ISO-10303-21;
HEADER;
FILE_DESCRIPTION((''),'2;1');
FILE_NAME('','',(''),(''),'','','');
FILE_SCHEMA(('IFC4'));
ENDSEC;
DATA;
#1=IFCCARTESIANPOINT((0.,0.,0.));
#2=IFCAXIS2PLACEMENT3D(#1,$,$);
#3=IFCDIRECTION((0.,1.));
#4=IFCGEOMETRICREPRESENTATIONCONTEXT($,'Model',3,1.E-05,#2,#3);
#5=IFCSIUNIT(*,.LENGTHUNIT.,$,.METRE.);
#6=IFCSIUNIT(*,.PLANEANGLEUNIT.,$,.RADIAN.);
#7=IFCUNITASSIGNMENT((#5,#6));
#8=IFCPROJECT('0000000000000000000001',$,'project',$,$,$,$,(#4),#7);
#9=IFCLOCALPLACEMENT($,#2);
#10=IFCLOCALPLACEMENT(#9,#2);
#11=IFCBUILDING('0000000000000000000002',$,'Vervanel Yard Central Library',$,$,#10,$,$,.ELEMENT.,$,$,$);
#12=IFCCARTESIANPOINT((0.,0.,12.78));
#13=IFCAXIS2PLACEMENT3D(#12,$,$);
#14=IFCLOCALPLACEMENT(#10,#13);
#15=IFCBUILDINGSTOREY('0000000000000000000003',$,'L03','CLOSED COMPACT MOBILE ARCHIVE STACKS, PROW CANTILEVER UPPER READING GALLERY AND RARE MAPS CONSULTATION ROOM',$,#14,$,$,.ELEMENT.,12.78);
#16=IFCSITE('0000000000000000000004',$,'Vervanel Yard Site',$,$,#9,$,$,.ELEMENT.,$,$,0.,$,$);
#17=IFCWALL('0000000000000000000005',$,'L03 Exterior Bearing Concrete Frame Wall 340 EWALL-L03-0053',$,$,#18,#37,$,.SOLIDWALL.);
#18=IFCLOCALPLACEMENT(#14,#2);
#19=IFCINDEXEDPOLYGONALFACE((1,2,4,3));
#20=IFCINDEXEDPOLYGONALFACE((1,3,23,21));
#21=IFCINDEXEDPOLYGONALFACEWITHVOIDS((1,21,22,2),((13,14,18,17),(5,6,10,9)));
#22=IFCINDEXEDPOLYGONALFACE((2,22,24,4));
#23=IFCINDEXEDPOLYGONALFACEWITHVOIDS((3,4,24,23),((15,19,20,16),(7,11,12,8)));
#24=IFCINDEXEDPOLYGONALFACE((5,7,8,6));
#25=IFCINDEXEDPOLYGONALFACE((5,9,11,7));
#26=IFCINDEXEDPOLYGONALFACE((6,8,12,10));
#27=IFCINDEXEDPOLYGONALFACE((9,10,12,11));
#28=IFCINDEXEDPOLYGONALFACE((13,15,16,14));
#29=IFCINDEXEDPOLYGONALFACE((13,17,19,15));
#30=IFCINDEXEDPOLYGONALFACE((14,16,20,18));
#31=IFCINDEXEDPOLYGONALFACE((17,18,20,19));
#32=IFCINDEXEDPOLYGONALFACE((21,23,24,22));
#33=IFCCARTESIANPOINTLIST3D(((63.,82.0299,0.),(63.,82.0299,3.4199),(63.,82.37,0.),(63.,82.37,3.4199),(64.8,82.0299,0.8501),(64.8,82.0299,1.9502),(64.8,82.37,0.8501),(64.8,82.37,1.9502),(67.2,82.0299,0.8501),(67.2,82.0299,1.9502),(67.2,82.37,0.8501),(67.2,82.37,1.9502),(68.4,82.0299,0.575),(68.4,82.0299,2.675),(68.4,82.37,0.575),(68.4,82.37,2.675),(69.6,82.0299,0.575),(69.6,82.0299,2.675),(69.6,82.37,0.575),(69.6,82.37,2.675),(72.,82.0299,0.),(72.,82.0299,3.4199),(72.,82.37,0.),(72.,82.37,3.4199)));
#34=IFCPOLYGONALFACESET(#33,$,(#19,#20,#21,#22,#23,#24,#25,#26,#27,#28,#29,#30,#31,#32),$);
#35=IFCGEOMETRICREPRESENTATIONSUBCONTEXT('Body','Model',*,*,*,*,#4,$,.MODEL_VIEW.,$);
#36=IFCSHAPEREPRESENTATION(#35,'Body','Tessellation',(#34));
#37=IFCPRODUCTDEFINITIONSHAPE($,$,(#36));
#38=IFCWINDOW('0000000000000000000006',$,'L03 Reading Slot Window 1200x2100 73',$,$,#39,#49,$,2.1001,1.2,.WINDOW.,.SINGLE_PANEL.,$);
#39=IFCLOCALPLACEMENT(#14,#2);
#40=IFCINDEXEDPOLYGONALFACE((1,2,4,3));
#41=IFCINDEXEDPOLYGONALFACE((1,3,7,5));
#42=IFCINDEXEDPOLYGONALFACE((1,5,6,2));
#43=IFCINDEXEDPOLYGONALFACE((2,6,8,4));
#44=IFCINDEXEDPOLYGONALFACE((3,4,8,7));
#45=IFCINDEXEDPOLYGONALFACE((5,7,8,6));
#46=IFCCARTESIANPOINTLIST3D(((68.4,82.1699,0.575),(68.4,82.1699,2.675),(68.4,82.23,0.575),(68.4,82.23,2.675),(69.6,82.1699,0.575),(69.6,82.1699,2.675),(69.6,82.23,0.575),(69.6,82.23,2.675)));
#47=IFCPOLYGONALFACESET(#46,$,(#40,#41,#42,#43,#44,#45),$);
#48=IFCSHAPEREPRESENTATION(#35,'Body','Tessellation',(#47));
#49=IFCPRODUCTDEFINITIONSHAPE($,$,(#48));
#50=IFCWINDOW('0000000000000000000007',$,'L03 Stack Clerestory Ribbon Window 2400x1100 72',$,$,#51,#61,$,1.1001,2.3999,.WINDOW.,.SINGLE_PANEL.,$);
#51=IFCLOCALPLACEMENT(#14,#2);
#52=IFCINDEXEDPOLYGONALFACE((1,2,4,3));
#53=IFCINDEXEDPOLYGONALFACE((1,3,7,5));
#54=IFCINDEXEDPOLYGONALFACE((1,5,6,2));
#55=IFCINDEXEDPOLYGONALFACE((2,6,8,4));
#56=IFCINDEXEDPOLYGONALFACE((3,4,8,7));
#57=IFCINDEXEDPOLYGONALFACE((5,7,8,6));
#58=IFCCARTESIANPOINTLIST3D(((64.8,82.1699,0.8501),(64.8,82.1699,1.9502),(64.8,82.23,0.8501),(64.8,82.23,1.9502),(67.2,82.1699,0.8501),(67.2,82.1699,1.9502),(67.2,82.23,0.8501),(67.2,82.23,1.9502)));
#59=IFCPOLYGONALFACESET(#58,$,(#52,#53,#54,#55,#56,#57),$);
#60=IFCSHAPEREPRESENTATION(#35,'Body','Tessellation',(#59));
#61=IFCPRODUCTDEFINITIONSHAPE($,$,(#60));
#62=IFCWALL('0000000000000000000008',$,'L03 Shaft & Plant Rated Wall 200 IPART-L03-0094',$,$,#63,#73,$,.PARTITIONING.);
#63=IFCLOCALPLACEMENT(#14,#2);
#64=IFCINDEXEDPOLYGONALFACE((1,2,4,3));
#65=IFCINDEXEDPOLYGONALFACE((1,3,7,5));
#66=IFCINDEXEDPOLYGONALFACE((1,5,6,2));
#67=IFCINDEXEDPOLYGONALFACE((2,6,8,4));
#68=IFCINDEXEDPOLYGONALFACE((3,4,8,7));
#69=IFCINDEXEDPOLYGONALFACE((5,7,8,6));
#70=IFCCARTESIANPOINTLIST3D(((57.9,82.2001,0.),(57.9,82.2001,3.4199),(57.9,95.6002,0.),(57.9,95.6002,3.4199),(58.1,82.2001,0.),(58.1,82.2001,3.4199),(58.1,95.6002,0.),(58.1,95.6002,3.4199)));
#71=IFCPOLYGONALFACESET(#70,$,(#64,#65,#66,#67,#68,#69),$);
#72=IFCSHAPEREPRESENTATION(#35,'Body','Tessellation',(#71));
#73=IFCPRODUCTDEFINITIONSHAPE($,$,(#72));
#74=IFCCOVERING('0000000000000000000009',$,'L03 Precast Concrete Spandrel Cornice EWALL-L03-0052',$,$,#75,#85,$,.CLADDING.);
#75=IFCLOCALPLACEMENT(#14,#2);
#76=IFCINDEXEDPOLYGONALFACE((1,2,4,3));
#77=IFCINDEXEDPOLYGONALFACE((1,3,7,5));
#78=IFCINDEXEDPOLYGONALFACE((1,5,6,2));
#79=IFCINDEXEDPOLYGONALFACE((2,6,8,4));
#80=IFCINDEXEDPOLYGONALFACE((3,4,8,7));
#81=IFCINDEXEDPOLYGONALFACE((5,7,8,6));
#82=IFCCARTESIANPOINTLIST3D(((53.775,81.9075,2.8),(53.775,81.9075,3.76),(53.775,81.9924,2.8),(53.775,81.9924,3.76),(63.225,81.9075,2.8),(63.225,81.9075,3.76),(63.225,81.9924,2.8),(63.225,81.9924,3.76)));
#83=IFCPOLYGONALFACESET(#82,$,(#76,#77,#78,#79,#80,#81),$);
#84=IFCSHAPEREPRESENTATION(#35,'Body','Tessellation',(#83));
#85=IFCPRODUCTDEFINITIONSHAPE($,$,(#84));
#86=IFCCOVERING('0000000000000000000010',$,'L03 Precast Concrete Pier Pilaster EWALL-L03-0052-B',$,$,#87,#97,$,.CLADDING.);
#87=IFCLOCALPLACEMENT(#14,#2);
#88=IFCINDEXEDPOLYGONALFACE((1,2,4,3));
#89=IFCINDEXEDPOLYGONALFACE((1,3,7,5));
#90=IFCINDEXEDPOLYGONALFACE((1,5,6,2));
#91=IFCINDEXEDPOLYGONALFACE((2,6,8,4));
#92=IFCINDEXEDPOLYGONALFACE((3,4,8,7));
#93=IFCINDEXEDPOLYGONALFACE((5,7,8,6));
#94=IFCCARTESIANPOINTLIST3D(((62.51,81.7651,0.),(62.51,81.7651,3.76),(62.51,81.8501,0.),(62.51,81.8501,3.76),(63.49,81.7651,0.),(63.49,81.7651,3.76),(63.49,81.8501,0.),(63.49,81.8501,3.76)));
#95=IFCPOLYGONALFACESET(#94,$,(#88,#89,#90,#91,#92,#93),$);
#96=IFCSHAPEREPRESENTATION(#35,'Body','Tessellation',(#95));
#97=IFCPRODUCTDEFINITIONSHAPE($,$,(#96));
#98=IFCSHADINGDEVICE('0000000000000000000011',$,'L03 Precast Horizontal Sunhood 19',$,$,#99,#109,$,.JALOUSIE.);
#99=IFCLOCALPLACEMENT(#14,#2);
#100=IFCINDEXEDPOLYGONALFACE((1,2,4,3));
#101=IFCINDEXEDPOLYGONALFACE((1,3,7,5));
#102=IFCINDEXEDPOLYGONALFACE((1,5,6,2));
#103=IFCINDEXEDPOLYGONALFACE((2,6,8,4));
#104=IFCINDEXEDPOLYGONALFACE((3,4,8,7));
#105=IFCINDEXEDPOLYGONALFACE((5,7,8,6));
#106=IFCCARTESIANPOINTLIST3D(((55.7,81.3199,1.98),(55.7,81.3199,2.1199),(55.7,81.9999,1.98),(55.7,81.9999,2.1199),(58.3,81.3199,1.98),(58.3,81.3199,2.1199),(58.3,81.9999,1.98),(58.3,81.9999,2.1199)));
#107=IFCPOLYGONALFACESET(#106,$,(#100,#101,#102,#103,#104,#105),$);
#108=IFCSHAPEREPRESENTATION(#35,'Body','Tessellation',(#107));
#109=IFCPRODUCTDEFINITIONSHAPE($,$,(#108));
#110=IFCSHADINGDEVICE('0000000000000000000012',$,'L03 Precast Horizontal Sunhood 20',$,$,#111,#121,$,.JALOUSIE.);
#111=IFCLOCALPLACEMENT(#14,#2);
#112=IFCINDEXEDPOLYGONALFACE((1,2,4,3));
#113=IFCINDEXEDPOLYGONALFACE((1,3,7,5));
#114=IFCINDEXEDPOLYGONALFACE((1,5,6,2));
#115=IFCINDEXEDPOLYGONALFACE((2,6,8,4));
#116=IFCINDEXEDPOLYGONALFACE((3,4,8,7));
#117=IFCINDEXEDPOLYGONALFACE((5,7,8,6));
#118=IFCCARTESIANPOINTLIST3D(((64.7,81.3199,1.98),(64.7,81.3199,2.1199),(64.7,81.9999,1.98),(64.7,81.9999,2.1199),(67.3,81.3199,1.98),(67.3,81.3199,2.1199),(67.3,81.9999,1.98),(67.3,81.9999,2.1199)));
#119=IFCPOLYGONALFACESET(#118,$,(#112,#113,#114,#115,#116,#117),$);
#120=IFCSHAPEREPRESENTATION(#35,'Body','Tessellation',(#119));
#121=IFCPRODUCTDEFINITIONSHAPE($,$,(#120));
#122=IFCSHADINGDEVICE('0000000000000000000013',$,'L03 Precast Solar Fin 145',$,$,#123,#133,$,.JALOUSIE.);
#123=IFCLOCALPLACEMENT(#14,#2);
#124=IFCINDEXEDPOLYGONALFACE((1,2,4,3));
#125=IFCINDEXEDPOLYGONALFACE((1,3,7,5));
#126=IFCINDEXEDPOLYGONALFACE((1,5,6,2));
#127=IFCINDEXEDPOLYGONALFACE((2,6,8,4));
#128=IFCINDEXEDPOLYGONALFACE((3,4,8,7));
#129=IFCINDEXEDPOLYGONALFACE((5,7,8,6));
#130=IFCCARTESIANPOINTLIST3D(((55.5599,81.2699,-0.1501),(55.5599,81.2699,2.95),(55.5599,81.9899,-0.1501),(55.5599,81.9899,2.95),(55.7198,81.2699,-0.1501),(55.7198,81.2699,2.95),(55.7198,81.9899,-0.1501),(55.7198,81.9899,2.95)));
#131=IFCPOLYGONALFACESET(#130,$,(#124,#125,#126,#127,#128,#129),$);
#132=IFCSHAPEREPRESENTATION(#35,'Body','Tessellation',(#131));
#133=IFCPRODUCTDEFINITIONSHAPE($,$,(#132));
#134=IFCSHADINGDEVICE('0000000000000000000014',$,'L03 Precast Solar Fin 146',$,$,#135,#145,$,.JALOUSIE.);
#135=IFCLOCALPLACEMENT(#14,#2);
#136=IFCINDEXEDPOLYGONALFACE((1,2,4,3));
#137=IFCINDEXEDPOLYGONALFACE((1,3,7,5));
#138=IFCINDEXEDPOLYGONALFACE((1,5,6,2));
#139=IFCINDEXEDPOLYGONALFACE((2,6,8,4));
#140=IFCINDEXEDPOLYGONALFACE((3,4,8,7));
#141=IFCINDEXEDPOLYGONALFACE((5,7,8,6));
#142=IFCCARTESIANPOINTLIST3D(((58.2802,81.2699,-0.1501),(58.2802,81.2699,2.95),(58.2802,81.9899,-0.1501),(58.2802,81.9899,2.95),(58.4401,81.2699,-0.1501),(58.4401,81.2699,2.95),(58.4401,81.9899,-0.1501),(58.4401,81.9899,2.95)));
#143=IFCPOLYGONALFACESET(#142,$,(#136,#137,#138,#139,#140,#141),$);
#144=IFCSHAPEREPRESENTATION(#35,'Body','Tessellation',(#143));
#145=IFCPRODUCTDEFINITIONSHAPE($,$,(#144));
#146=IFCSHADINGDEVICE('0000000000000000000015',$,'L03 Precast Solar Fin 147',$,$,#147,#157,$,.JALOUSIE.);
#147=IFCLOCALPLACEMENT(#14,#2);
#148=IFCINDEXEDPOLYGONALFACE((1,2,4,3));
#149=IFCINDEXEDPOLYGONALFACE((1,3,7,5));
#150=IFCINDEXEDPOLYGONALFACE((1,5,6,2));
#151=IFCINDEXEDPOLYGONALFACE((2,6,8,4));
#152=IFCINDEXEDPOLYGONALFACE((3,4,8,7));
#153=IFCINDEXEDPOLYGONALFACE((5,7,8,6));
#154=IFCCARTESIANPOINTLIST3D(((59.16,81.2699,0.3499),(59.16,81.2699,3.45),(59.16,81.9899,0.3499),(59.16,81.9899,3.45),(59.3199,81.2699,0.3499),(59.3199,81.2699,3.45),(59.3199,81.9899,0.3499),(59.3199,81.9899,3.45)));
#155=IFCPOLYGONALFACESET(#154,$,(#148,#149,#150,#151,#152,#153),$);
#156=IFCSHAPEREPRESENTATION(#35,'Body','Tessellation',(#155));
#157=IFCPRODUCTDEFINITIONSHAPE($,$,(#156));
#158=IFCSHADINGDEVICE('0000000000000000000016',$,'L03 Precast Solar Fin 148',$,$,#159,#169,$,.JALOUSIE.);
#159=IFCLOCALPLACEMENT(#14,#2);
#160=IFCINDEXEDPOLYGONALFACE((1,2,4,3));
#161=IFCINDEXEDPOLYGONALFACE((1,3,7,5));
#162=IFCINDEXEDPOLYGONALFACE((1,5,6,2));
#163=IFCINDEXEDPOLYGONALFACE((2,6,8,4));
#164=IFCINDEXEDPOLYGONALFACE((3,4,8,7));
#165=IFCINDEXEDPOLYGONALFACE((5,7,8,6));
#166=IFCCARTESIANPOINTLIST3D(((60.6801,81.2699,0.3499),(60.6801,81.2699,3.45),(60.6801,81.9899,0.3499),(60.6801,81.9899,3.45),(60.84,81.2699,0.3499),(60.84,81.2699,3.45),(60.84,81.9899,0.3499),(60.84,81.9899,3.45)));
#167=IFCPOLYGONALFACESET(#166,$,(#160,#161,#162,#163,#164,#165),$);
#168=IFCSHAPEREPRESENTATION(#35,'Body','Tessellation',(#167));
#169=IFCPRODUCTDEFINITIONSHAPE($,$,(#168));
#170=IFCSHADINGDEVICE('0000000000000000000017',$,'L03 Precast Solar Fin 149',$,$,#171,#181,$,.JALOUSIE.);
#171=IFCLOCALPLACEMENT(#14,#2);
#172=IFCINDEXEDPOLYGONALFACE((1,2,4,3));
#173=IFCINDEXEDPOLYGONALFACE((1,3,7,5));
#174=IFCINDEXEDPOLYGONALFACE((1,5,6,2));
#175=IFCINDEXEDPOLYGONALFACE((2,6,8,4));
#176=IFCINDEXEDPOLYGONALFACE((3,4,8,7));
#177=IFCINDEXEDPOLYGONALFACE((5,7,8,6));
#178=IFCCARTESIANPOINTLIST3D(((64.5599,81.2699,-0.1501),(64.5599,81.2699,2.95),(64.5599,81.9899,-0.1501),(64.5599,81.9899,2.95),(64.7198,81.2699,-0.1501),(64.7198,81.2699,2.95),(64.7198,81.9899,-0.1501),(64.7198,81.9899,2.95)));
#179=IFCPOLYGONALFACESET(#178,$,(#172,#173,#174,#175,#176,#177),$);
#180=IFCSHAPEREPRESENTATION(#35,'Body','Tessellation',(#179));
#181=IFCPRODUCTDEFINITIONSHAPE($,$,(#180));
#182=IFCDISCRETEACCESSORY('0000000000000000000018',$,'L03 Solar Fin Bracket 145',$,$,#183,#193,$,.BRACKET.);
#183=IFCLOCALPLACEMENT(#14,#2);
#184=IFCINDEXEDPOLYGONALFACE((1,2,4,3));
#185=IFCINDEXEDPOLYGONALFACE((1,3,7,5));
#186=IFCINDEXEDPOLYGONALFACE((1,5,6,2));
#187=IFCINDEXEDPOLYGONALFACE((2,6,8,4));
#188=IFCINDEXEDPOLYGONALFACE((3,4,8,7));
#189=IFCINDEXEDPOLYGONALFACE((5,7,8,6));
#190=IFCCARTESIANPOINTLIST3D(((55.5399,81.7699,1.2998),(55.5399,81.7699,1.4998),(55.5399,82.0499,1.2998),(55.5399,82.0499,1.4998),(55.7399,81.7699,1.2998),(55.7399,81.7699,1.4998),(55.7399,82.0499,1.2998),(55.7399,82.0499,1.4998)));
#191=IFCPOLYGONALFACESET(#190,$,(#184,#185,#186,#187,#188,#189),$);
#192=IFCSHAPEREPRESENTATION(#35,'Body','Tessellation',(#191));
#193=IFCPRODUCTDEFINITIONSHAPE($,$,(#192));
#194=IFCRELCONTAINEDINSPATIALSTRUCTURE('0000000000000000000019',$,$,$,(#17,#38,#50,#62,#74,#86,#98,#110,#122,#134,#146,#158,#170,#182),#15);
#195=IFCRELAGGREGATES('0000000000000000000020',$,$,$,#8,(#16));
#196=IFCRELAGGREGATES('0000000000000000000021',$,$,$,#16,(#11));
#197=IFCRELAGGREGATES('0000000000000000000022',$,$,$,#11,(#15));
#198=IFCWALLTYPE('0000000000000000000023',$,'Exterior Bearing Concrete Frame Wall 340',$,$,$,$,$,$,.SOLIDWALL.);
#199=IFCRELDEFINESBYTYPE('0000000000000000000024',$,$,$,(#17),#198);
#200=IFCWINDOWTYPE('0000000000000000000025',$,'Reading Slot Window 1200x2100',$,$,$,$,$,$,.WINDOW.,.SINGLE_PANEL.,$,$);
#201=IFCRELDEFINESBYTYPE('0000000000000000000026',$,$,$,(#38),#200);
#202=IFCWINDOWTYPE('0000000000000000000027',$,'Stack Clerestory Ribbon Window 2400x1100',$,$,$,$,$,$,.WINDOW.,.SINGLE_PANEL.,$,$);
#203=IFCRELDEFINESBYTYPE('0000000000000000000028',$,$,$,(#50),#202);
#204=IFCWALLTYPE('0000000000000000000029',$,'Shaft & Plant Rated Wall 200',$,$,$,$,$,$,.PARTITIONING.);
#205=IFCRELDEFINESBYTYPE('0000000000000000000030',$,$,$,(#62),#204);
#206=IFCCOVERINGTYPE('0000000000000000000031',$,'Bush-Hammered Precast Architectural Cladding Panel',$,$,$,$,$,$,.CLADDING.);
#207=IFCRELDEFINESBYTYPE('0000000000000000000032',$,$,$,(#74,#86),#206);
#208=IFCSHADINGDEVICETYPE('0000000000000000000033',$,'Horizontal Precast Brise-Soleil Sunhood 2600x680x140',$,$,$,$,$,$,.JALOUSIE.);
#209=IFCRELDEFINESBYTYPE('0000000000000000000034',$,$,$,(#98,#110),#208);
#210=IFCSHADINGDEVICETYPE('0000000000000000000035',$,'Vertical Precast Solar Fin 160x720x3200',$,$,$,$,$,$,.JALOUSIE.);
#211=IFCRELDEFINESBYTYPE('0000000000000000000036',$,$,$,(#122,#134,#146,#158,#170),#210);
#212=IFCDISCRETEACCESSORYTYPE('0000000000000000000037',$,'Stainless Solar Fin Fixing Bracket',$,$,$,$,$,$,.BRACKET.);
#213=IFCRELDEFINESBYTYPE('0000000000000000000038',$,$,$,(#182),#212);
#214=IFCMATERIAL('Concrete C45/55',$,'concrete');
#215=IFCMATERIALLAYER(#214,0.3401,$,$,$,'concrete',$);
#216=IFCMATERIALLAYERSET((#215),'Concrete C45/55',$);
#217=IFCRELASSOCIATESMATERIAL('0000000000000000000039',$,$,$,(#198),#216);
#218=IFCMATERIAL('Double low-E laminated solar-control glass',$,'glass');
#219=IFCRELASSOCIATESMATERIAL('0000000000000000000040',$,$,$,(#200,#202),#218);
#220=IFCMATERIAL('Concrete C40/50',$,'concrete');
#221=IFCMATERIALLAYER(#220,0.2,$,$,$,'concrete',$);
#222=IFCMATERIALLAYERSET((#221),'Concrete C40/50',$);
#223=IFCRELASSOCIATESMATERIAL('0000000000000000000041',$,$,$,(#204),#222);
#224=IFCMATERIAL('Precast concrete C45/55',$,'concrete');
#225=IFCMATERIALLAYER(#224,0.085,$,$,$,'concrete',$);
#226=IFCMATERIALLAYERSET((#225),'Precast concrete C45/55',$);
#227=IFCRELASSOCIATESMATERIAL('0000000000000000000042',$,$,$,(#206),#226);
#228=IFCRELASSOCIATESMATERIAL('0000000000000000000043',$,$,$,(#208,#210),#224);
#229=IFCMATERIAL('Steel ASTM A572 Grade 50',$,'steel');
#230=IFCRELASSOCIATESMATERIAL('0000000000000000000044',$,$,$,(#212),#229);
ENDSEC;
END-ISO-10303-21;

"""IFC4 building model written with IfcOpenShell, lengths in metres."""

from ifc_helpers import new_model, si_unit, direction, frame, frame_2d, origin, origin_2d, place, context, subcontext, project, spatial, rectangle, extrude, material, layer, layer_set, type_object, element, fill, save


model = new_model("IFC4")

# Units and contexts
model_context = context("Model", 3, precision=1e-05, world=origin(), true_north=direction((0.0, 1.0)))
body_context = subcontext(model_context, "Body", "Model", "MODEL_VIEW")
ifc_project = project(units=[si_unit("LENGTHUNIT", "METRE"), si_unit("PLANEANGLEUNIT", "RADIAN")], contexts=[model_context])

# Site, building, storey
site_placement = place(None, origin())
site = spatial("IfcSite", under=ifc_project, at=site_placement, Name="Vervanel Yard Site", CompositionType="ELEMENT", RefElevation=0.0)
building_placement = place(site_placement, origin())
building = spatial("IfcBuilding", under=site, at=building_placement, Name="Vervanel Yard Central Library", CompositionType="ELEMENT")
storey_placement = place(building_placement, frame((0.0, 0.0, 12.78)))
storey = spatial("IfcBuildingStorey", under=building, at=storey_placement, Name="L03", Description="CLOSED COMPACT MOBILE ARCHIVE STACKS, PROW CANTILEVER UPPER READING GALLERY AND RARE MAPS CONSULTATION ROOM", CompositionType="ELEMENT", Elevation=12.78)

# Shared definitions
ifc_material_1 = material(Name="Concrete C40/50", Category="concrete")

# Wall, openings, windows
ifc_material_2 = material(Name="Concrete C45/55", Category="concrete")
ifc_layer_1 = layer(ifc_material_2, 0.3401, Category="concrete")
ifc_layer_set_1 = layer_set([ifc_layer_1], Name="Concrete C45/55")
wall_type_1 = type_object("IfcWallType", Name="Exterior Bearing Concrete Frame Wall 340", PredefinedType="SOLIDWALL", material=ifc_layer_set_1)
wall_1_placement = place(storey_placement, frame((63.0, 82.2, 0.0), z_axis=(0.0, 0.0, 1.0), x_axis=(1.0, 0.0, 0.0)))
wall_1 = element("IfcWall", 1, at=wall_1_placement, inside=storey, type_object=wall_type_1, Name="L03 Exterior Bearing Concrete Frame Wall 340 EWALL-L03-0053", PredefinedType="SOLIDWALL", context=body_context, shape_type="SweptSolid", body=[
    extrude(rectangle(XDim=9.0, YDim=0.3401, at=frame_2d((4.5, 0.0))), origin(), (0.0, 0.0, 1.0), 3.4199),
])
opening_1_placement = place(wall_1_placement, frame((1.8, 0.0, 0.8501)))
opening_1 = element("IfcOpeningElement", 2, at=opening_1_placement, cuts=wall_1, PredefinedType="OPENING", context=body_context, shape_type="SweptSolid", body=[
    extrude(rectangle(XDim=2.3999, YDim=1.1001, at=frame_2d((1.2, 0.55))), frame((0.0, 0.1799, 0.0), z_axis=(0.0, -1.0, 0.0), x_axis=(1.0, 0.0, 0.0)), (0.0, 0.0, 1.0), 0.3601),
])
opening_2_placement = place(wall_1_placement, frame((5.3999, 0.0, 0.575)))
opening_2 = element("IfcOpeningElement", 3, at=opening_2_placement, cuts=wall_1, PredefinedType="OPENING", context=body_context, shape_type="SweptSolid", body=[
    extrude(rectangle(XDim=1.2, YDim=2.1001, at=frame_2d((0.6001, 1.05))), frame((0.0, 0.1799, 0.0), z_axis=(0.0, -1.0, 0.0), x_axis=(1.0, 0.0, 0.0)), (0.0, 0.0, 1.0), 0.3601),
])
ifc_material_3 = material(Name="Double low-E laminated solar-control glass", Category="glass")
window_type_1 = type_object("IfcWindowType", Name="Reading Slot Window 1200x2100", PartitioningType="SINGLE_PANEL", PredefinedType="WINDOW", material=ifc_material_3)
window_1_placement = place(opening_2_placement, origin())
window_1 = element("IfcWindow", 4, at=window_1_placement, inside=storey, type_object=window_type_1, Name="L03 Reading Slot Window 1200x2100 73", OverallHeight=2.1001, OverallWidth=1.2, PartitioningType="SINGLE_PANEL", PredefinedType="WINDOW", context=body_context, shape_type="SweptSolid", body=[
    extrude(rectangle(XDim=1.2, YDim=2.1001, at=frame_2d((0.6001, 1.05))), frame((0.0, 0.03, 0.0), z_axis=(0.0, -1.0, 0.0), x_axis=(1.0, 0.0, 0.0)), (0.0, 0.0, 1.0), 0.0601),
])
fill(opening_2, window_1)
window_type_2 = type_object("IfcWindowType", Name="Stack Clerestory Ribbon Window 2400x1100", PartitioningType="SINGLE_PANEL", PredefinedType="WINDOW", material=ifc_material_3)
window_2_placement = place(opening_1_placement, origin())
window_2 = element("IfcWindow", 5, at=window_2_placement, inside=storey, type_object=window_type_2, Name="L03 Stack Clerestory Ribbon Window 2400x1100 72", OverallHeight=1.1001, OverallWidth=2.3999, PartitioningType="SINGLE_PANEL", PredefinedType="WINDOW", context=body_context, shape_type="SweptSolid", body=[
    extrude(rectangle(XDim=2.3999, YDim=1.1001, at=frame_2d((1.2, 0.55))), frame((0.0, 0.03, 0.0), z_axis=(0.0, -1.0, 0.0), x_axis=(1.0, 0.0, 0.0)), (0.0, 0.0, 1.0), 0.0601),
])
fill(opening_1, window_2)

# Wall
ifc_layer_2 = layer(ifc_material_1, 0.2, Category="concrete")
ifc_layer_set_2 = layer_set([ifc_layer_2], Name="Concrete C40/50")
wall_type_2 = type_object("IfcWallType", Name="Shaft & Plant Rated Wall 200", PredefinedType="PARTITIONING", material=ifc_layer_set_2)
wall_2_placement = place(storey_placement, frame((58.0, 82.2, 0.0), z_axis=(0.0, 0.0, 1.0), x_axis=(0.0, 1.0, 0.0)))
element("IfcWall", 6, at=wall_2_placement, inside=storey, type_object=wall_type_2, Name="L03 Shaft & Plant Rated Wall 200 IPART-L03-0094", PredefinedType="PARTITIONING", context=body_context, shape_type="SweptSolid", body=[
    extrude(rectangle(XDim=13.4001, YDim=0.2, at=frame_2d((6.7002, 0.0))), origin(), (0.0, 0.0, 1.0), 3.4199),
])

# Coverings
ifc_material_4 = material(Name="Precast concrete C45/55", Category="concrete")
ifc_layer_3 = layer(ifc_material_4, 0.085, Category="concrete")
ifc_layer_set_3 = layer_set([ifc_layer_3], Name="Precast concrete C45/55")
covering_type = type_object("IfcCoveringType", Name="Bush-Hammered Precast Architectural Cladding Panel", PredefinedType="CLADDING", material=ifc_layer_set_3)
covering_1_placement = place(storey_placement, frame((58.5, 81.95, 2.8), z_axis=(0.0, 0.0, 1.0), x_axis=(1.0, 0.0, 0.0)))
element("IfcCovering", 7, at=covering_1_placement, inside=storey, type_object=covering_type, Name="L03 Precast Concrete Spandrel Cornice EWALL-L03-0052", PredefinedType="CLADDING", context=body_context, shape_type="SweptSolid", body=[
    extrude(rectangle(XDim=9.45, YDim=0.085, at=origin_2d()), origin(), (0.0, 0.0, 1.0), 0.96),
])
covering_2_placement = place(storey_placement, frame((63.0, 81.8076, 0.0), z_axis=(0.0, 0.0, 1.0), x_axis=(1.0, 0.0, 0.0)))
element("IfcCovering", 8, at=covering_2_placement, inside=storey, type_object=covering_type, Name="L03 Precast Concrete Pier Pilaster EWALL-L03-0052-B", PredefinedType="CLADDING", context=body_context, shape_type="SweptSolid", body=[
    extrude(rectangle(XDim=0.98, YDim=0.085, at=origin_2d()), origin(), (0.0, 0.0, 1.0), 3.76),
])

# Shading devices
shading_device_type_1 = type_object("IfcShadingDeviceType", Name="Horizontal Precast Brise-Soleil Sunhood 2600x680x140", PredefinedType="JALOUSIE", material=ifc_material_4)
for number, where, z_axis, x_axis, name in (
    (9, (57.0, 81.6599, 1.98), (0.0, 0.0, 1.0), (1.0, 0.0, 0.0), "L03 Precast Horizontal Sunhood 19"),
    (10, (66.0, 81.6599, 1.98), (0.0, 0.0, 1.0), (1.0, 0.0, 0.0), "L03 Precast Horizontal Sunhood 20"),
):
    element("IfcShadingDevice", number, at=place(storey_placement, frame(where, z_axis=z_axis, x_axis=x_axis)), inside=storey, type_object=shading_device_type_1, Name=name, PredefinedType="JALOUSIE", context=body_context, shape_type="SweptSolid", body=[
        extrude(rectangle(XDim=2.6001, YDim=0.6799, at=origin_2d()), origin(), (0.0, 0.0, 1.0), 0.1399),
    ])
shading_device_type_2 = type_object("IfcShadingDeviceType", Name="Vertical Precast Solar Fin 160x720x3200", PredefinedType="JALOUSIE", material=ifc_material_4)
for number, where, z_axis, x_axis, name in (
    (11, (55.6399, 81.6299, -0.1501), (0.0, 0.0, 1.0), (1.0, 0.0, 0.0), "L03 Precast Solar Fin 145"),
    (12, (58.3601, 81.6299, -0.1501), (0.0, 0.0, 1.0), (1.0, 0.0, 0.0), "L03 Precast Solar Fin 146"),
    (13, (59.24, 81.6299, 0.3499), (0.0, 0.0, 1.0), (1.0, 0.0, 0.0), "L03 Precast Solar Fin 147"),
    (14, (60.76, 81.6299, 0.3499), (0.0, 0.0, 1.0), (1.0, 0.0, 0.0), "L03 Precast Solar Fin 148"),
    (15, (64.6399, 81.6299, -0.1501), (0.0, 0.0, 1.0), (1.0, 0.0, 0.0), "L03 Precast Solar Fin 149"),
):
    element("IfcShadingDevice", number, at=place(storey_placement, frame(where, z_axis=z_axis, x_axis=x_axis)), inside=storey, type_object=shading_device_type_2, Name=name, PredefinedType="JALOUSIE", context=body_context, shape_type="SweptSolid", body=[
        extrude(rectangle(XDim=0.1599, YDim=0.72, at=origin_2d()), origin(), (0.0, 0.0, 1.0), 3.1001),
    ])

# Discrete accessory
ifc_material_5 = material(Name="Steel ASTM A572 Grade 50", Category="steel")
discrete_accessory_type = type_object("IfcDiscreteAccessoryType", Name="Stainless Solar Fin Fixing Bracket", PredefinedType="BRACKET", material=ifc_material_5)
for number, where, z_axis, x_axis, name in (
    (16, (55.6399, 81.9099, 1.2998), (0.0, 0.0, 1.0), (1.0, 0.0, 0.0), "L03 Solar Fin Bracket 145"),
):
    element("IfcDiscreteAccessory", number, at=place(storey_placement, frame(where, z_axis=z_axis, x_axis=x_axis)), inside=storey, type_object=discrete_accessory_type, Name=name, PredefinedType="BRACKET", context=body_context, shape_type="SweptSolid", body=[
        extrude(rectangle(XDim=0.2, YDim=0.28, at=origin_2d()), origin(), (0.0, 0.0, 1.0), 0.2),
    ])

save(model, "model.ifc")
